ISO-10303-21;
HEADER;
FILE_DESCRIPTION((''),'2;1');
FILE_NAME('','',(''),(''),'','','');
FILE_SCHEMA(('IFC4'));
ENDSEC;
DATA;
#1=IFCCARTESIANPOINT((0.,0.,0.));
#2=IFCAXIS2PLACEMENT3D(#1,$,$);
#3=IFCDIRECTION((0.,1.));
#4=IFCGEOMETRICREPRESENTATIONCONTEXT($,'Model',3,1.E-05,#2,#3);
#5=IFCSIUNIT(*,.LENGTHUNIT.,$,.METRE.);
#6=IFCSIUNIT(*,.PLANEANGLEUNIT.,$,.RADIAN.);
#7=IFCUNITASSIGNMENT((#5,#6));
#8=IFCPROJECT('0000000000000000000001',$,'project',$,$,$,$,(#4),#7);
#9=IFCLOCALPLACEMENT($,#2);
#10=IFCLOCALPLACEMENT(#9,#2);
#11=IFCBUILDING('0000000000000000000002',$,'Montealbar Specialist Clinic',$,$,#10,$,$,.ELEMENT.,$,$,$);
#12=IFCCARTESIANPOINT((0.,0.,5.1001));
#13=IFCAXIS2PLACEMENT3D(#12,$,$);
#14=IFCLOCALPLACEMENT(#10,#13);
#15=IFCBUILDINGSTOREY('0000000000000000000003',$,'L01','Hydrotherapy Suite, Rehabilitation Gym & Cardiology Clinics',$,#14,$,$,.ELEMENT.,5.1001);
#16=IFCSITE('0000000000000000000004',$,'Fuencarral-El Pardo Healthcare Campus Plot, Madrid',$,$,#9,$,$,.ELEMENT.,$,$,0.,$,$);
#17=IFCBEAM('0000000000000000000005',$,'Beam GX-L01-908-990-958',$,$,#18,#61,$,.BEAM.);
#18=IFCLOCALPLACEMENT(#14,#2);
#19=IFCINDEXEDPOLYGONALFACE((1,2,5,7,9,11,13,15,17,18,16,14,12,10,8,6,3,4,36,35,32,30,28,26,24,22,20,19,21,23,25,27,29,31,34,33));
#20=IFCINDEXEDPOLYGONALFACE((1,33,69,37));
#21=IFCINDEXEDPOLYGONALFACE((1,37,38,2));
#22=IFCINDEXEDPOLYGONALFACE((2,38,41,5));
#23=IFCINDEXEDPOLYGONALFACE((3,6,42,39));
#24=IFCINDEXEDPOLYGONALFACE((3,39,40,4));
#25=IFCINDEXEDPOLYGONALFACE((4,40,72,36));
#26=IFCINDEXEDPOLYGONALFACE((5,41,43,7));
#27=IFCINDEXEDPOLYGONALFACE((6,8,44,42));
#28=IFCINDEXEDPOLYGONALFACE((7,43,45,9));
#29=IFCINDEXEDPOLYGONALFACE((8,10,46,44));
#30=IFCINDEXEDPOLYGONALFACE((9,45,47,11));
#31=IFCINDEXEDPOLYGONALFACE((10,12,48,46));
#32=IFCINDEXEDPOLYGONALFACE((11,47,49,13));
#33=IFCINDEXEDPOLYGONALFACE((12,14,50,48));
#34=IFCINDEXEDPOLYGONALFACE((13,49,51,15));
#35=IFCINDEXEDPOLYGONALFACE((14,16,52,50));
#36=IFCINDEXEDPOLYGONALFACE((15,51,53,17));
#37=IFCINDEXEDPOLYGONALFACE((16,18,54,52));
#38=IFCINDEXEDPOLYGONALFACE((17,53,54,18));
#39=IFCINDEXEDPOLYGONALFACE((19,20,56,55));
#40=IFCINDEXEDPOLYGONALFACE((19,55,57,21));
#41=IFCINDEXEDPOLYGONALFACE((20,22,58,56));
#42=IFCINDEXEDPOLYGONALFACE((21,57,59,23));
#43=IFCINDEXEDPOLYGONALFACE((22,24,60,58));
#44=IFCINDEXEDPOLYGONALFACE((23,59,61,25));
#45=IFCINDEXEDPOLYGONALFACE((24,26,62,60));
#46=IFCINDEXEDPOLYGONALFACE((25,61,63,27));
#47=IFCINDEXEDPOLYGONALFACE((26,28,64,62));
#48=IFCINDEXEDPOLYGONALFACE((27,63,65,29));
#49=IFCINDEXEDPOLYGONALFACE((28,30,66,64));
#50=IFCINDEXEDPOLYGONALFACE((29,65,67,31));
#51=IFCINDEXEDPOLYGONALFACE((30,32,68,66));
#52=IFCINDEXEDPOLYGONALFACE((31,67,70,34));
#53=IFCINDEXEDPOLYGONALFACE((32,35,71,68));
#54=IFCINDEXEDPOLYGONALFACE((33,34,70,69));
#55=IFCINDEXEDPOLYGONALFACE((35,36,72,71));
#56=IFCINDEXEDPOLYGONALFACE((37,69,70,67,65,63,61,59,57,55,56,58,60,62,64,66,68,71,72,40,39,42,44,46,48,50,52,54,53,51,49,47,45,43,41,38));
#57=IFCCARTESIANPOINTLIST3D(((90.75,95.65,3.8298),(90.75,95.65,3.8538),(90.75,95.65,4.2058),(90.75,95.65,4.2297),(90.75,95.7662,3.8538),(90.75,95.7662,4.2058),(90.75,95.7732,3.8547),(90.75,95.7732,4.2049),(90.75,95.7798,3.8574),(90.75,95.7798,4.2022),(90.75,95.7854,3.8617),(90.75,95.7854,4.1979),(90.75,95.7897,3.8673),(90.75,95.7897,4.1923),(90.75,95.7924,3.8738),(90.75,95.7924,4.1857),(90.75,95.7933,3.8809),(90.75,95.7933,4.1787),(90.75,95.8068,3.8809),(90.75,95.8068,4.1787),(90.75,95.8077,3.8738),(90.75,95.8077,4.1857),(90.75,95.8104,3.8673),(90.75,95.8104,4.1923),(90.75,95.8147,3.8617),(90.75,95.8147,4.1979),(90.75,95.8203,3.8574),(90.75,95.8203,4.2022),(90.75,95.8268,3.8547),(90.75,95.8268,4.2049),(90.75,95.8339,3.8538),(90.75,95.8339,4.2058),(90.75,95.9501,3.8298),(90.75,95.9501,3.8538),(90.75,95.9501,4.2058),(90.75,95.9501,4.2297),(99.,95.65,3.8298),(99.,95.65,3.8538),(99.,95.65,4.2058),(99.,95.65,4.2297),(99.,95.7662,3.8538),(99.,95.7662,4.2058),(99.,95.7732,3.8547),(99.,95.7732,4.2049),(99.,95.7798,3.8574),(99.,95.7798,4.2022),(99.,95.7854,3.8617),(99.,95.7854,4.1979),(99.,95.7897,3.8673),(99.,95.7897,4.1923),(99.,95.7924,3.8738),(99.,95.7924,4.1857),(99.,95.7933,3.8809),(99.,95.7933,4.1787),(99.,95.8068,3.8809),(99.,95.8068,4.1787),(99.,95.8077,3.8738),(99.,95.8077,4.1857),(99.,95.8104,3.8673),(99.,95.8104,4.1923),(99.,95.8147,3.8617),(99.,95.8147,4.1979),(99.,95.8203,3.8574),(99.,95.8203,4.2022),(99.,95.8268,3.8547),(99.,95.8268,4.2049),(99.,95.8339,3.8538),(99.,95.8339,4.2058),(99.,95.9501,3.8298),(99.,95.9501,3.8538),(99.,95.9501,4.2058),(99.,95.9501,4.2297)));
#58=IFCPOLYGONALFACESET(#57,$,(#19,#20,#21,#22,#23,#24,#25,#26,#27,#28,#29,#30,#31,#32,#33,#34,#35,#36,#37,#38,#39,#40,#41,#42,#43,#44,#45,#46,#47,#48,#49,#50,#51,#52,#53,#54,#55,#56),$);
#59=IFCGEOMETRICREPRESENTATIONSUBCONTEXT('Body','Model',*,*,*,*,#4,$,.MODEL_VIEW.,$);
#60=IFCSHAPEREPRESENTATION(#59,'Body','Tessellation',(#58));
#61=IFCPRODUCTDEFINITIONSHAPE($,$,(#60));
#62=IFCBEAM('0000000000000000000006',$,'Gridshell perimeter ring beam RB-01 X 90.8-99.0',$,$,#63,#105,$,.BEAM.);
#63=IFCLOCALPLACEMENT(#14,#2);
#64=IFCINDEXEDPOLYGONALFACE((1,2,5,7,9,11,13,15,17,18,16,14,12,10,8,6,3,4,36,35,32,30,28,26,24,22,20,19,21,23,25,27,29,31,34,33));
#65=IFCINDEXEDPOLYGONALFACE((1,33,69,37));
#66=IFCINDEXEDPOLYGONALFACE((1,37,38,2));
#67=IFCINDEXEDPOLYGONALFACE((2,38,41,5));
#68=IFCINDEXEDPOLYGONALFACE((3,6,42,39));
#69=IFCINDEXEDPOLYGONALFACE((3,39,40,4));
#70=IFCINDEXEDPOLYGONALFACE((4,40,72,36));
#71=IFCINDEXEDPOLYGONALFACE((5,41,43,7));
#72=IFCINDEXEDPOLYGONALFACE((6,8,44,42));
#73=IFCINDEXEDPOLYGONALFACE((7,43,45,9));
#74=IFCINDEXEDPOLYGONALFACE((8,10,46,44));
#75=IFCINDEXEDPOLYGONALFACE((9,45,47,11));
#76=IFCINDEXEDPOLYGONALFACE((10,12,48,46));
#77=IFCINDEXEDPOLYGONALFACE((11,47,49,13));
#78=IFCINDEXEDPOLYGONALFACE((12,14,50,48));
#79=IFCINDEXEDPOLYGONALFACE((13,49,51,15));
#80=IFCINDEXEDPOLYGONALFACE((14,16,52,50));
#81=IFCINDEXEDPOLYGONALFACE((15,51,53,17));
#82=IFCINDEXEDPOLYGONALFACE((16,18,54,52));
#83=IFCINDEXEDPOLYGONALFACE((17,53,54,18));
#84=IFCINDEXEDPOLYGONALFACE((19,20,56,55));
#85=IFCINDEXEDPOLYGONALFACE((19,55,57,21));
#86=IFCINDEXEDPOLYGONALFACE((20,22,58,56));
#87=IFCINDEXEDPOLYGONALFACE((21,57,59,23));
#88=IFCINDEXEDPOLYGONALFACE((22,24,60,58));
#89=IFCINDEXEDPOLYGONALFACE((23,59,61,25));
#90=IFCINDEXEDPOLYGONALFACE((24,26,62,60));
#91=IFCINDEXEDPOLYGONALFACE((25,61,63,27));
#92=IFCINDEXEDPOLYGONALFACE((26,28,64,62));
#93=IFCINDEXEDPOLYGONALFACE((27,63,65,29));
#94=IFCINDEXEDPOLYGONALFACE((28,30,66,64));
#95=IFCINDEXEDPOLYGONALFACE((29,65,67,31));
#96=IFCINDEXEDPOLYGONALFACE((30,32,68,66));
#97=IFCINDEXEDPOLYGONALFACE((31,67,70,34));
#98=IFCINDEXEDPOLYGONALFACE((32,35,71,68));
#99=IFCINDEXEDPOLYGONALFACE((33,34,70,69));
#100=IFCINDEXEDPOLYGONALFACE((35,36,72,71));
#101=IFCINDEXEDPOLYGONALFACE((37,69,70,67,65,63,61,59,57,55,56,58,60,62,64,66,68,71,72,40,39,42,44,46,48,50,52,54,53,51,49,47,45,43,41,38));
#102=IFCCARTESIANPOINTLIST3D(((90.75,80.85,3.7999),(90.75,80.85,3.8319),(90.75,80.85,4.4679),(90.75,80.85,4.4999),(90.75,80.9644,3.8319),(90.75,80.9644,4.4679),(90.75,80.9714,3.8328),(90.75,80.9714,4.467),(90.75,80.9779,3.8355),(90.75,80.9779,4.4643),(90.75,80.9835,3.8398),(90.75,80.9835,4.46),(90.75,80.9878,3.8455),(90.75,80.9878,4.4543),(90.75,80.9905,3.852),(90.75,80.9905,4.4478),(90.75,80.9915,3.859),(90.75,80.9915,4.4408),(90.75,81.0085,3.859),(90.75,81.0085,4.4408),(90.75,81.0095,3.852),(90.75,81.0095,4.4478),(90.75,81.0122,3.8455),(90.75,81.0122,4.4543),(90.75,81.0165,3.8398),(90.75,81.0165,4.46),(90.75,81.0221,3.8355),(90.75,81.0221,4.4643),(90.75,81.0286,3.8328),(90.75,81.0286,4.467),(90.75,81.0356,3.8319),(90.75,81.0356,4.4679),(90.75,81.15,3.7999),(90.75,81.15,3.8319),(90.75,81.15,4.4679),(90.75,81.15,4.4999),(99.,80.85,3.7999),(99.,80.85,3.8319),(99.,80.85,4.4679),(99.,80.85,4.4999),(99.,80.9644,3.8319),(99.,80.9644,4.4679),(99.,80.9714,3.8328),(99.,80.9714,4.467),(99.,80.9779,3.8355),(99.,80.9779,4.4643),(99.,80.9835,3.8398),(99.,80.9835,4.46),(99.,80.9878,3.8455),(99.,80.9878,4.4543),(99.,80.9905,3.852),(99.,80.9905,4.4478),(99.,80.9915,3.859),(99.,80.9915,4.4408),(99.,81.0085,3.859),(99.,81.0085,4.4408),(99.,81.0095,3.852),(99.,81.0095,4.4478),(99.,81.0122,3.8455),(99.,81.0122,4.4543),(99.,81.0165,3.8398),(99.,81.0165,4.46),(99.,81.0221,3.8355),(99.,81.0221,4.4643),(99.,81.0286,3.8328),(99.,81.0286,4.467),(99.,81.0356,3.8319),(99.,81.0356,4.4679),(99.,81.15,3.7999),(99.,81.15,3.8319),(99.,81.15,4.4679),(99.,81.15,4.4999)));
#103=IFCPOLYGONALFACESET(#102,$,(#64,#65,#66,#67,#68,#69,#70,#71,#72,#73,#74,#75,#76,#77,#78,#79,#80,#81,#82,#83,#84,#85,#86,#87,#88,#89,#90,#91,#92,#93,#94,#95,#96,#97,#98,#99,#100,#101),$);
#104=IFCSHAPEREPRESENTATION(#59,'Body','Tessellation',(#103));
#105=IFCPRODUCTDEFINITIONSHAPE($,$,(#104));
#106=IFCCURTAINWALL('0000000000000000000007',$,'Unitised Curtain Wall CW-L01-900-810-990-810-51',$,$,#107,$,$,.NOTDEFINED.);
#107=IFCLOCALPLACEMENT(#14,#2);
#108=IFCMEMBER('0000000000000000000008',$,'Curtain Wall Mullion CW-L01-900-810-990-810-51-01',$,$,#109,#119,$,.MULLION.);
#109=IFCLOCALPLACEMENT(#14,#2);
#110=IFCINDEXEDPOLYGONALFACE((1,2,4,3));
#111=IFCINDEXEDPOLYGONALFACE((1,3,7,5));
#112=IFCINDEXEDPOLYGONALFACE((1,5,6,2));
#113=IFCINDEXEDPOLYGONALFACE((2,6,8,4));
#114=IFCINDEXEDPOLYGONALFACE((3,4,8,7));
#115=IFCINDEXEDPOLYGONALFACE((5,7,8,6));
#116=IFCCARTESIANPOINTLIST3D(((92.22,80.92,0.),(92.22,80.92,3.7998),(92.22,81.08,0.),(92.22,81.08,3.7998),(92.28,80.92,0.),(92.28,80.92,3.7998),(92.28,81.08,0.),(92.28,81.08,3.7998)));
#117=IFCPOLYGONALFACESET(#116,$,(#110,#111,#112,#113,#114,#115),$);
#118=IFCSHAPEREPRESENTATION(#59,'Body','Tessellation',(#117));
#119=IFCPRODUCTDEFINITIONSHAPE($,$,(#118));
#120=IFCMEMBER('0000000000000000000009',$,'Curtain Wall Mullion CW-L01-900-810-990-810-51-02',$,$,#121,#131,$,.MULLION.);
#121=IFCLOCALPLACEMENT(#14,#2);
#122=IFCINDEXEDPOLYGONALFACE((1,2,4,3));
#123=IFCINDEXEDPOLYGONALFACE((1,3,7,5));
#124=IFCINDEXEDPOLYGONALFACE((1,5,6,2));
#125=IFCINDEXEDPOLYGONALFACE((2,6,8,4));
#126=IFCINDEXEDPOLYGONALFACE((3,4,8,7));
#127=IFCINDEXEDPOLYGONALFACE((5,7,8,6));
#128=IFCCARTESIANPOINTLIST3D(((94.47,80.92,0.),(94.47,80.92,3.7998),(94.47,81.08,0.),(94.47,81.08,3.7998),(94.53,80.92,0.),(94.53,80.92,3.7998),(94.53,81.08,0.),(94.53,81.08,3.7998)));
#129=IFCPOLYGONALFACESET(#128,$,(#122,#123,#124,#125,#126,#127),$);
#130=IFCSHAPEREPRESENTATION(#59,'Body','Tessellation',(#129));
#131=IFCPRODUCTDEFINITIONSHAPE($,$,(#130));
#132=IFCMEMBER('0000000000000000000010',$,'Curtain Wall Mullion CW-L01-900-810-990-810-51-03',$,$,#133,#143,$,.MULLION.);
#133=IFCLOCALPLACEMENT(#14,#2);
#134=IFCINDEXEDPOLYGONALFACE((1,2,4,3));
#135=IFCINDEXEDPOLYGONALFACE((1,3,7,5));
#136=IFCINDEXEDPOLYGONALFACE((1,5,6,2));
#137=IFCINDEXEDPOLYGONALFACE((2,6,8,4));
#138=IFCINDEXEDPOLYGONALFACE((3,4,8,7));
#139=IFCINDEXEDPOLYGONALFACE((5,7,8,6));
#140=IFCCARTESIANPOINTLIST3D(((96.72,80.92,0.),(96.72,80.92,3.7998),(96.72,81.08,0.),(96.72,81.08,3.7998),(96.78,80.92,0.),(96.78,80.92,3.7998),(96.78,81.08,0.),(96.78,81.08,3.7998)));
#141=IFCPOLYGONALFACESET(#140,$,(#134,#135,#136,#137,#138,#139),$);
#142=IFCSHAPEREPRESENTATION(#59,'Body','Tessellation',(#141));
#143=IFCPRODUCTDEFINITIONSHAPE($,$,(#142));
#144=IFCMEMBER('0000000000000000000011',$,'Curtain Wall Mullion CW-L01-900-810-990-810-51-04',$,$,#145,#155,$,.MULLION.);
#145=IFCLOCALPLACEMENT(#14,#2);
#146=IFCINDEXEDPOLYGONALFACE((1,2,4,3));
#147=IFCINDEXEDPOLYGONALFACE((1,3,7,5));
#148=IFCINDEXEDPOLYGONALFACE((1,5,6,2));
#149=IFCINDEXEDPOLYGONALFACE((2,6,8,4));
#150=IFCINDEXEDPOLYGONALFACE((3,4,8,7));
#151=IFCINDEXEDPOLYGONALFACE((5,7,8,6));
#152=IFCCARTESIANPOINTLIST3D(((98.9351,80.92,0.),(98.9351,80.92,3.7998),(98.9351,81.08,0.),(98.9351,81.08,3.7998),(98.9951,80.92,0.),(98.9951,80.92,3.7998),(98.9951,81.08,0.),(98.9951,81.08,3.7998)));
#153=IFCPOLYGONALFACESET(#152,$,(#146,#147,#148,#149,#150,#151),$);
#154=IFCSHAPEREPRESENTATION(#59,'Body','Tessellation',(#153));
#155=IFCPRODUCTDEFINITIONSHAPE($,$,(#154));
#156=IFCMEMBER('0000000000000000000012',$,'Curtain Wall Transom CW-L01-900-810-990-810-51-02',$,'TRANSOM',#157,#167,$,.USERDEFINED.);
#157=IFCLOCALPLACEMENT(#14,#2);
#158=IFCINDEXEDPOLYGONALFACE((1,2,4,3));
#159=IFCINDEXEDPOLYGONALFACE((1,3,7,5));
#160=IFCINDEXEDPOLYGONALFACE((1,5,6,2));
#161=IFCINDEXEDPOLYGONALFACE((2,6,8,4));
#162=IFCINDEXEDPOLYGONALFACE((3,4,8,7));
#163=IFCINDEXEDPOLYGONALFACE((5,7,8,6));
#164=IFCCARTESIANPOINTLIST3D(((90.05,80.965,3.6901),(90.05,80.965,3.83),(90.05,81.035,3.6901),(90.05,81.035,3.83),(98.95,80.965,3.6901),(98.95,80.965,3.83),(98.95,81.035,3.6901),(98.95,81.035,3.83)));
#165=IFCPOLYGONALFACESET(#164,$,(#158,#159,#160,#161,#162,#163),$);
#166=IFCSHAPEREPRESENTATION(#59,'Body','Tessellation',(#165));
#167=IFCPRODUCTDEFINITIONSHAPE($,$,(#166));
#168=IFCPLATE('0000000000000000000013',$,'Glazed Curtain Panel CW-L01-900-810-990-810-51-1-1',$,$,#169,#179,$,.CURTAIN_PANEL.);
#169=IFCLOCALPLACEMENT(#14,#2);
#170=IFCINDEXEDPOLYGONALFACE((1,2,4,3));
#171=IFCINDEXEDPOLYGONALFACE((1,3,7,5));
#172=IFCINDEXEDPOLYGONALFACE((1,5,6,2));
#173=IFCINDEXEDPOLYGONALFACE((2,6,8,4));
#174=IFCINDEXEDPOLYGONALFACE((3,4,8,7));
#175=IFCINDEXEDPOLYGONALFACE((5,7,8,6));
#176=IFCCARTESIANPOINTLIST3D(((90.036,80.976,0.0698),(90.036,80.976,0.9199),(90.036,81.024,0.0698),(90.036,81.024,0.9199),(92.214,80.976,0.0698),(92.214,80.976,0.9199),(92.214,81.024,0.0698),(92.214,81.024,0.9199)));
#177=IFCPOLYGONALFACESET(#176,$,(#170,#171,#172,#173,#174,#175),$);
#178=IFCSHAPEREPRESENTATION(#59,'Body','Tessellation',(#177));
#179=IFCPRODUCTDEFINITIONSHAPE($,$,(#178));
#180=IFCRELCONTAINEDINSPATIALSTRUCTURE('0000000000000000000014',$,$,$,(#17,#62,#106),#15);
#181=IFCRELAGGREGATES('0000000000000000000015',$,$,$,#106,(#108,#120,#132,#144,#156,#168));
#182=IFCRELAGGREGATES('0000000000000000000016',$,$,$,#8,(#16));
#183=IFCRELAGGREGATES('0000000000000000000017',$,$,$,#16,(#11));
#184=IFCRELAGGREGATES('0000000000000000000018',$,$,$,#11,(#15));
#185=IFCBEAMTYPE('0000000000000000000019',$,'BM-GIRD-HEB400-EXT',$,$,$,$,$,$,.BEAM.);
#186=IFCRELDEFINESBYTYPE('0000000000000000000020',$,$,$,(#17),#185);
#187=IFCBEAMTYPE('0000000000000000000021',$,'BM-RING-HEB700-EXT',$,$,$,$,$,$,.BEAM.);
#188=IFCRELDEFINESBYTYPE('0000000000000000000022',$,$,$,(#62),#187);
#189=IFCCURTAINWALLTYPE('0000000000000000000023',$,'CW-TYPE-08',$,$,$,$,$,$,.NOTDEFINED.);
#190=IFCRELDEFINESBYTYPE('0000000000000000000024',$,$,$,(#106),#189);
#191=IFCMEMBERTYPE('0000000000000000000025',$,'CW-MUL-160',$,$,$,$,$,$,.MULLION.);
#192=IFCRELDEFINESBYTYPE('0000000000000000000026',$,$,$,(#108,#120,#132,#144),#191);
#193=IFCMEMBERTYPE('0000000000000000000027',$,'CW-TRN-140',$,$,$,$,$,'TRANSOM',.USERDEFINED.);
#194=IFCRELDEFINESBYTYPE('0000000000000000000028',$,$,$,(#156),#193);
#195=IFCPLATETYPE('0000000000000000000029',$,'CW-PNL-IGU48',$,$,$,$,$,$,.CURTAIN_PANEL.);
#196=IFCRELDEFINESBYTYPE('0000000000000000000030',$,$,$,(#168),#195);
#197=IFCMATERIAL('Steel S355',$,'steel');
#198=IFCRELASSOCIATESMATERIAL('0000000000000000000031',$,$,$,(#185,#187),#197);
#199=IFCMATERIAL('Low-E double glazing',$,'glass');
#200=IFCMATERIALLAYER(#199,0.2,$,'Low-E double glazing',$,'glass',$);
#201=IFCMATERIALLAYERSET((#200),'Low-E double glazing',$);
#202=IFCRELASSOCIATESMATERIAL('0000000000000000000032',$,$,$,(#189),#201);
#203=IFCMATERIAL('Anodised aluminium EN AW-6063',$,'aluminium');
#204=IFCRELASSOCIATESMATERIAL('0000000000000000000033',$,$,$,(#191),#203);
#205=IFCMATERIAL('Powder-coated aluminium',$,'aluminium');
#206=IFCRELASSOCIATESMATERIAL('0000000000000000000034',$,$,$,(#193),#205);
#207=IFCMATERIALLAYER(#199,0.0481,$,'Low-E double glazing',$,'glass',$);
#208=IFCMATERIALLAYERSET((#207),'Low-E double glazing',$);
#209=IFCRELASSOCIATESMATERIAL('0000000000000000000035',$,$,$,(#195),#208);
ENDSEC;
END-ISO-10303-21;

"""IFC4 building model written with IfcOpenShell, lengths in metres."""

from ifc_helpers import new_model, si_unit, direction, frame, origin, origin_2d, place, context, subcontext, project, spatial, rectangle, i_section, extrude, material, layer, layer_set, material_profile, profile_set, type_object, element, aggregate, save


model = new_model("IFC4")

# Units and contexts
model_context = context("Model", 3, precision=1e-05, world=origin(), true_north=direction((0.0, 1.0)))
body_context = subcontext(model_context, "Body", "Model", "MODEL_VIEW")
ifc_project = project(units=[si_unit("LENGTHUNIT", "METRE"), si_unit("PLANEANGLEUNIT", "RADIAN")], contexts=[model_context])

# Site, building, storey
site_placement = place(None, origin())
site = spatial("IfcSite", under=ifc_project, at=site_placement, Name="Fuencarral-El Pardo Healthcare Campus Plot, Madrid", CompositionType="ELEMENT", RefElevation=0.0)
building_placement = place(site_placement, origin())
building = spatial("IfcBuilding", under=site, at=building_placement, Name="Montealbar Specialist Clinic", CompositionType="ELEMENT")
storey_placement = place(building_placement, frame((0.0, 0.0, 5.1001)))
storey = spatial("IfcBuildingStorey", under=building, at=storey_placement, Name="L01", Description="Hydrotherapy Suite, Rehabilitation Gym & Cardiology Clinics", CompositionType="ELEMENT", Elevation=5.1001)

# Shared definitions
ifc_material_1 = material(Name="Steel S355", Category="steel")

# Beams
ifc_material_profile_1 = material_profile(ifc_material_1, i_section(OverallWidth=0.3, OverallDepth=0.3999, WebThickness=0.0134, FlangeThickness=0.0239, FilletRadius=0.0271, at=origin_2d()), Name="HEB 400", Category="steel")
ifc_profile_set_1 = profile_set([ifc_material_profile_1], Name="Steel S355")
beam_type_1 = type_object("IfcBeamType", Name="BM-GIRD-HEB400-EXT", PredefinedType="BEAM", material=ifc_profile_set_1)
beam_1_placement = place(storey_placement, frame((90.75, 95.8, 4.0298), z_axis=(1.0, 0.0, 0.0), x_axis=(0.0, 1.0, 0.0)))
element("IfcBeam", 1, at=beam_1_placement, inside=storey, type_object=beam_type_1, Name="Beam GX-L01-908-990-958", PredefinedType="BEAM", context=body_context, shape_type="SweptSolid", body=[
    extrude(i_section(OverallWidth=0.3, OverallDepth=0.3999, WebThickness=0.0134, FlangeThickness=0.0239, FilletRadius=0.0271, at=origin_2d()), origin(), (0.0, 0.0, 1.0), 8.25),
])
ifc_material_profile_2 = material_profile(ifc_material_1, i_section(OverallWidth=0.3, OverallDepth=0.7, WebThickness=0.0171, FlangeThickness=0.032, FilletRadius=0.0271, at=origin_2d()), Name="HEB 700", Category="steel")
ifc_profile_set_2 = profile_set([ifc_material_profile_2], Name="Steel S355")
beam_type_2 = type_object("IfcBeamType", Name="BM-RING-HEB700-EXT", PredefinedType="BEAM", material=ifc_profile_set_2)
beam_2_placement = place(storey_placement, frame((90.75, 81.0, 4.1499), z_axis=(1.0, 0.0, 0.0), x_axis=(0.0, 1.0, 0.0)))
element("IfcBeam", 2, at=beam_2_placement, inside=storey, type_object=beam_type_2, Name="Gridshell perimeter ring beam RB-01 X 90.8-99.0", PredefinedType="BEAM", context=body_context, shape_type="SweptSolid", body=[
    extrude(i_section(OverallWidth=0.3, OverallDepth=0.7, WebThickness=0.0171, FlangeThickness=0.032, FilletRadius=0.0271, at=origin_2d()), origin(), (0.0, 0.0, 1.0), 8.25),
])

# Curtain wall, members, plate
ifc_material_2 = material(Name="Low-E double glazing", Category="glass")
ifc_layer_1 = layer(ifc_material_2, 0.2, Name="Low-E double glazing", Category="glass")
ifc_layer_set_1 = layer_set([ifc_layer_1], Name="Low-E double glazing")
curtain_wall_type = type_object("IfcCurtainWallType", Name="CW-TYPE-08", PredefinedType="NOTDEFINED", material=ifc_layer_set_1)
curtain_wall_placement = place(storey_placement, origin())
curtain_wall = element("IfcCurtainWall", 3, at=curtain_wall_placement, inside=storey, type_object=curtain_wall_type, Name="Unitised Curtain Wall CW-L01-900-810-990-810-51", PredefinedType="NOTDEFINED")
ifc_material_3 = material(Name="Anodised aluminium EN AW-6063", Category="aluminium")
ifc_material_profile_3 = material_profile(ifc_material_3, rectangle(XDim=0.0601, YDim=0.1599, at=origin_2d()), Name="ALU 60x160", Category="aluminium")
ifc_profile_set_3 = profile_set([ifc_material_profile_3], Name="Anodised aluminium EN AW-6063")
member_type_1 = type_object("IfcMemberType", Name="CW-MUL-160", PredefinedType="MULLION", material=ifc_profile_set_3)
member_1_placement = place(storey_placement, frame((92.25, 81.0, 0.0), z_axis=(0.0, 0.0, 1.0), x_axis=(1.0, 0.0, 0.0)))
member_1 = element("IfcMember", 4, at=member_1_placement, type_object=member_type_1, Name="Curtain Wall Mullion CW-L01-900-810-990-810-51-01", PredefinedType="MULLION", context=body_context, shape_type="SweptSolid", body=[
    extrude(rectangle(XDim=0.0601, YDim=0.1599, at=origin_2d()), origin(), (0.0, 0.0, 1.0), 3.7998),
])
member_2_placement = place(storey_placement, frame((94.5, 81.0, 0.0), z_axis=(0.0, 0.0, 1.0), x_axis=(1.0, 0.0, 0.0)))
member_2 = element("IfcMember", 5, at=member_2_placement, type_object=member_type_1, Name="Curtain Wall Mullion CW-L01-900-810-990-810-51-02", PredefinedType="MULLION", context=body_context, shape_type="SweptSolid", body=[
    extrude(rectangle(XDim=0.0601, YDim=0.1599, at=origin_2d()), origin(), (0.0, 0.0, 1.0), 3.7998),
])
member_3_placement = place(storey_placement, frame((96.75, 81.0, 0.0), z_axis=(0.0, 0.0, 1.0), x_axis=(1.0, 0.0, 0.0)))
member_3 = element("IfcMember", 6, at=member_3_placement, type_object=member_type_1, Name="Curtain Wall Mullion CW-L01-900-810-990-810-51-03", PredefinedType="MULLION", context=body_context, shape_type="SweptSolid", body=[
    extrude(rectangle(XDim=0.0601, YDim=0.1599, at=origin_2d()), origin(), (0.0, 0.0, 1.0), 3.7998),
])
member_4_placement = place(storey_placement, frame((98.9651, 81.0, 0.0), z_axis=(0.0, 0.0, 1.0), x_axis=(1.0, 0.0, 0.0)))
member_4 = element("IfcMember", 7, at=member_4_placement, type_object=member_type_1, Name="Curtain Wall Mullion CW-L01-900-810-990-810-51-04", PredefinedType="MULLION", context=body_context, shape_type="SweptSolid", body=[
    extrude(rectangle(XDim=0.0601, YDim=0.1599, at=origin_2d()), origin(), (0.0, 0.0, 1.0), 3.7998),
])
ifc_material_4 = material(Name="Powder-coated aluminium", Category="aluminium")
ifc_material_profile_4 = material_profile(ifc_material_4, rectangle(XDim=0.0701, YDim=0.1399, at=origin_2d()), Name="ALU 70x140", Category="aluminium")
ifc_profile_set_4 = profile_set([ifc_material_profile_4], Name="Powder-coated aluminium")
member_type_2 = type_object("IfcMemberType", Name="CW-TRN-140", ElementType="TRANSOM", PredefinedType="USERDEFINED", material=ifc_profile_set_4)
member_5_placement = place(storey_placement, frame((90.05, 81.0, 3.76), z_axis=(1.0, 0.0, 0.0), x_axis=(0.0, 1.0, 0.0)))
member_5 = element("IfcMember", 8, at=member_5_placement, type_object=member_type_2, Name="Curtain Wall Transom CW-L01-900-810-990-810-51-02", ObjectType="TRANSOM", PredefinedType="USERDEFINED", context=body_context, shape_type="SweptSolid", body=[
    extrude(rectangle(XDim=0.0701, YDim=0.1399, at=origin_2d()), origin(), (0.0, 0.0, 1.0), 8.8999),
])
ifc_layer_2 = layer(ifc_material_2, 0.0481, Name="Low-E double glazing", Category="glass")
ifc_layer_set_2 = layer_set([ifc_layer_2], Name="Low-E double glazing")
plate_type_1 = type_object("IfcPlateType", Name="CW-PNL-IGU48", PredefinedType="CURTAIN_PANEL", material=ifc_layer_set_2)
plate_1_placement = place(storey_placement, frame((91.125, 81.0, 0.0698), z_axis=(0.0, 0.0, 1.0), x_axis=(1.0, 0.0, 0.0)))
plate_1 = element("IfcPlate", 9, at=plate_1_placement, type_object=plate_type_1, Name="Glazed Curtain Panel CW-L01-900-810-990-810-51-1-1", PredefinedType="CURTAIN_PANEL", context=body_context, shape_type="SweptSolid", body=[
    extrude(rectangle(XDim=2.178, YDim=0.0481, at=origin_2d()), origin(), (0.0, 0.0, 1.0), 0.8501),
])
aggregate(curtain_wall, [member_1, member_2, member_3, member_4, member_5, plate_1])

save(model, "model.ifc")
